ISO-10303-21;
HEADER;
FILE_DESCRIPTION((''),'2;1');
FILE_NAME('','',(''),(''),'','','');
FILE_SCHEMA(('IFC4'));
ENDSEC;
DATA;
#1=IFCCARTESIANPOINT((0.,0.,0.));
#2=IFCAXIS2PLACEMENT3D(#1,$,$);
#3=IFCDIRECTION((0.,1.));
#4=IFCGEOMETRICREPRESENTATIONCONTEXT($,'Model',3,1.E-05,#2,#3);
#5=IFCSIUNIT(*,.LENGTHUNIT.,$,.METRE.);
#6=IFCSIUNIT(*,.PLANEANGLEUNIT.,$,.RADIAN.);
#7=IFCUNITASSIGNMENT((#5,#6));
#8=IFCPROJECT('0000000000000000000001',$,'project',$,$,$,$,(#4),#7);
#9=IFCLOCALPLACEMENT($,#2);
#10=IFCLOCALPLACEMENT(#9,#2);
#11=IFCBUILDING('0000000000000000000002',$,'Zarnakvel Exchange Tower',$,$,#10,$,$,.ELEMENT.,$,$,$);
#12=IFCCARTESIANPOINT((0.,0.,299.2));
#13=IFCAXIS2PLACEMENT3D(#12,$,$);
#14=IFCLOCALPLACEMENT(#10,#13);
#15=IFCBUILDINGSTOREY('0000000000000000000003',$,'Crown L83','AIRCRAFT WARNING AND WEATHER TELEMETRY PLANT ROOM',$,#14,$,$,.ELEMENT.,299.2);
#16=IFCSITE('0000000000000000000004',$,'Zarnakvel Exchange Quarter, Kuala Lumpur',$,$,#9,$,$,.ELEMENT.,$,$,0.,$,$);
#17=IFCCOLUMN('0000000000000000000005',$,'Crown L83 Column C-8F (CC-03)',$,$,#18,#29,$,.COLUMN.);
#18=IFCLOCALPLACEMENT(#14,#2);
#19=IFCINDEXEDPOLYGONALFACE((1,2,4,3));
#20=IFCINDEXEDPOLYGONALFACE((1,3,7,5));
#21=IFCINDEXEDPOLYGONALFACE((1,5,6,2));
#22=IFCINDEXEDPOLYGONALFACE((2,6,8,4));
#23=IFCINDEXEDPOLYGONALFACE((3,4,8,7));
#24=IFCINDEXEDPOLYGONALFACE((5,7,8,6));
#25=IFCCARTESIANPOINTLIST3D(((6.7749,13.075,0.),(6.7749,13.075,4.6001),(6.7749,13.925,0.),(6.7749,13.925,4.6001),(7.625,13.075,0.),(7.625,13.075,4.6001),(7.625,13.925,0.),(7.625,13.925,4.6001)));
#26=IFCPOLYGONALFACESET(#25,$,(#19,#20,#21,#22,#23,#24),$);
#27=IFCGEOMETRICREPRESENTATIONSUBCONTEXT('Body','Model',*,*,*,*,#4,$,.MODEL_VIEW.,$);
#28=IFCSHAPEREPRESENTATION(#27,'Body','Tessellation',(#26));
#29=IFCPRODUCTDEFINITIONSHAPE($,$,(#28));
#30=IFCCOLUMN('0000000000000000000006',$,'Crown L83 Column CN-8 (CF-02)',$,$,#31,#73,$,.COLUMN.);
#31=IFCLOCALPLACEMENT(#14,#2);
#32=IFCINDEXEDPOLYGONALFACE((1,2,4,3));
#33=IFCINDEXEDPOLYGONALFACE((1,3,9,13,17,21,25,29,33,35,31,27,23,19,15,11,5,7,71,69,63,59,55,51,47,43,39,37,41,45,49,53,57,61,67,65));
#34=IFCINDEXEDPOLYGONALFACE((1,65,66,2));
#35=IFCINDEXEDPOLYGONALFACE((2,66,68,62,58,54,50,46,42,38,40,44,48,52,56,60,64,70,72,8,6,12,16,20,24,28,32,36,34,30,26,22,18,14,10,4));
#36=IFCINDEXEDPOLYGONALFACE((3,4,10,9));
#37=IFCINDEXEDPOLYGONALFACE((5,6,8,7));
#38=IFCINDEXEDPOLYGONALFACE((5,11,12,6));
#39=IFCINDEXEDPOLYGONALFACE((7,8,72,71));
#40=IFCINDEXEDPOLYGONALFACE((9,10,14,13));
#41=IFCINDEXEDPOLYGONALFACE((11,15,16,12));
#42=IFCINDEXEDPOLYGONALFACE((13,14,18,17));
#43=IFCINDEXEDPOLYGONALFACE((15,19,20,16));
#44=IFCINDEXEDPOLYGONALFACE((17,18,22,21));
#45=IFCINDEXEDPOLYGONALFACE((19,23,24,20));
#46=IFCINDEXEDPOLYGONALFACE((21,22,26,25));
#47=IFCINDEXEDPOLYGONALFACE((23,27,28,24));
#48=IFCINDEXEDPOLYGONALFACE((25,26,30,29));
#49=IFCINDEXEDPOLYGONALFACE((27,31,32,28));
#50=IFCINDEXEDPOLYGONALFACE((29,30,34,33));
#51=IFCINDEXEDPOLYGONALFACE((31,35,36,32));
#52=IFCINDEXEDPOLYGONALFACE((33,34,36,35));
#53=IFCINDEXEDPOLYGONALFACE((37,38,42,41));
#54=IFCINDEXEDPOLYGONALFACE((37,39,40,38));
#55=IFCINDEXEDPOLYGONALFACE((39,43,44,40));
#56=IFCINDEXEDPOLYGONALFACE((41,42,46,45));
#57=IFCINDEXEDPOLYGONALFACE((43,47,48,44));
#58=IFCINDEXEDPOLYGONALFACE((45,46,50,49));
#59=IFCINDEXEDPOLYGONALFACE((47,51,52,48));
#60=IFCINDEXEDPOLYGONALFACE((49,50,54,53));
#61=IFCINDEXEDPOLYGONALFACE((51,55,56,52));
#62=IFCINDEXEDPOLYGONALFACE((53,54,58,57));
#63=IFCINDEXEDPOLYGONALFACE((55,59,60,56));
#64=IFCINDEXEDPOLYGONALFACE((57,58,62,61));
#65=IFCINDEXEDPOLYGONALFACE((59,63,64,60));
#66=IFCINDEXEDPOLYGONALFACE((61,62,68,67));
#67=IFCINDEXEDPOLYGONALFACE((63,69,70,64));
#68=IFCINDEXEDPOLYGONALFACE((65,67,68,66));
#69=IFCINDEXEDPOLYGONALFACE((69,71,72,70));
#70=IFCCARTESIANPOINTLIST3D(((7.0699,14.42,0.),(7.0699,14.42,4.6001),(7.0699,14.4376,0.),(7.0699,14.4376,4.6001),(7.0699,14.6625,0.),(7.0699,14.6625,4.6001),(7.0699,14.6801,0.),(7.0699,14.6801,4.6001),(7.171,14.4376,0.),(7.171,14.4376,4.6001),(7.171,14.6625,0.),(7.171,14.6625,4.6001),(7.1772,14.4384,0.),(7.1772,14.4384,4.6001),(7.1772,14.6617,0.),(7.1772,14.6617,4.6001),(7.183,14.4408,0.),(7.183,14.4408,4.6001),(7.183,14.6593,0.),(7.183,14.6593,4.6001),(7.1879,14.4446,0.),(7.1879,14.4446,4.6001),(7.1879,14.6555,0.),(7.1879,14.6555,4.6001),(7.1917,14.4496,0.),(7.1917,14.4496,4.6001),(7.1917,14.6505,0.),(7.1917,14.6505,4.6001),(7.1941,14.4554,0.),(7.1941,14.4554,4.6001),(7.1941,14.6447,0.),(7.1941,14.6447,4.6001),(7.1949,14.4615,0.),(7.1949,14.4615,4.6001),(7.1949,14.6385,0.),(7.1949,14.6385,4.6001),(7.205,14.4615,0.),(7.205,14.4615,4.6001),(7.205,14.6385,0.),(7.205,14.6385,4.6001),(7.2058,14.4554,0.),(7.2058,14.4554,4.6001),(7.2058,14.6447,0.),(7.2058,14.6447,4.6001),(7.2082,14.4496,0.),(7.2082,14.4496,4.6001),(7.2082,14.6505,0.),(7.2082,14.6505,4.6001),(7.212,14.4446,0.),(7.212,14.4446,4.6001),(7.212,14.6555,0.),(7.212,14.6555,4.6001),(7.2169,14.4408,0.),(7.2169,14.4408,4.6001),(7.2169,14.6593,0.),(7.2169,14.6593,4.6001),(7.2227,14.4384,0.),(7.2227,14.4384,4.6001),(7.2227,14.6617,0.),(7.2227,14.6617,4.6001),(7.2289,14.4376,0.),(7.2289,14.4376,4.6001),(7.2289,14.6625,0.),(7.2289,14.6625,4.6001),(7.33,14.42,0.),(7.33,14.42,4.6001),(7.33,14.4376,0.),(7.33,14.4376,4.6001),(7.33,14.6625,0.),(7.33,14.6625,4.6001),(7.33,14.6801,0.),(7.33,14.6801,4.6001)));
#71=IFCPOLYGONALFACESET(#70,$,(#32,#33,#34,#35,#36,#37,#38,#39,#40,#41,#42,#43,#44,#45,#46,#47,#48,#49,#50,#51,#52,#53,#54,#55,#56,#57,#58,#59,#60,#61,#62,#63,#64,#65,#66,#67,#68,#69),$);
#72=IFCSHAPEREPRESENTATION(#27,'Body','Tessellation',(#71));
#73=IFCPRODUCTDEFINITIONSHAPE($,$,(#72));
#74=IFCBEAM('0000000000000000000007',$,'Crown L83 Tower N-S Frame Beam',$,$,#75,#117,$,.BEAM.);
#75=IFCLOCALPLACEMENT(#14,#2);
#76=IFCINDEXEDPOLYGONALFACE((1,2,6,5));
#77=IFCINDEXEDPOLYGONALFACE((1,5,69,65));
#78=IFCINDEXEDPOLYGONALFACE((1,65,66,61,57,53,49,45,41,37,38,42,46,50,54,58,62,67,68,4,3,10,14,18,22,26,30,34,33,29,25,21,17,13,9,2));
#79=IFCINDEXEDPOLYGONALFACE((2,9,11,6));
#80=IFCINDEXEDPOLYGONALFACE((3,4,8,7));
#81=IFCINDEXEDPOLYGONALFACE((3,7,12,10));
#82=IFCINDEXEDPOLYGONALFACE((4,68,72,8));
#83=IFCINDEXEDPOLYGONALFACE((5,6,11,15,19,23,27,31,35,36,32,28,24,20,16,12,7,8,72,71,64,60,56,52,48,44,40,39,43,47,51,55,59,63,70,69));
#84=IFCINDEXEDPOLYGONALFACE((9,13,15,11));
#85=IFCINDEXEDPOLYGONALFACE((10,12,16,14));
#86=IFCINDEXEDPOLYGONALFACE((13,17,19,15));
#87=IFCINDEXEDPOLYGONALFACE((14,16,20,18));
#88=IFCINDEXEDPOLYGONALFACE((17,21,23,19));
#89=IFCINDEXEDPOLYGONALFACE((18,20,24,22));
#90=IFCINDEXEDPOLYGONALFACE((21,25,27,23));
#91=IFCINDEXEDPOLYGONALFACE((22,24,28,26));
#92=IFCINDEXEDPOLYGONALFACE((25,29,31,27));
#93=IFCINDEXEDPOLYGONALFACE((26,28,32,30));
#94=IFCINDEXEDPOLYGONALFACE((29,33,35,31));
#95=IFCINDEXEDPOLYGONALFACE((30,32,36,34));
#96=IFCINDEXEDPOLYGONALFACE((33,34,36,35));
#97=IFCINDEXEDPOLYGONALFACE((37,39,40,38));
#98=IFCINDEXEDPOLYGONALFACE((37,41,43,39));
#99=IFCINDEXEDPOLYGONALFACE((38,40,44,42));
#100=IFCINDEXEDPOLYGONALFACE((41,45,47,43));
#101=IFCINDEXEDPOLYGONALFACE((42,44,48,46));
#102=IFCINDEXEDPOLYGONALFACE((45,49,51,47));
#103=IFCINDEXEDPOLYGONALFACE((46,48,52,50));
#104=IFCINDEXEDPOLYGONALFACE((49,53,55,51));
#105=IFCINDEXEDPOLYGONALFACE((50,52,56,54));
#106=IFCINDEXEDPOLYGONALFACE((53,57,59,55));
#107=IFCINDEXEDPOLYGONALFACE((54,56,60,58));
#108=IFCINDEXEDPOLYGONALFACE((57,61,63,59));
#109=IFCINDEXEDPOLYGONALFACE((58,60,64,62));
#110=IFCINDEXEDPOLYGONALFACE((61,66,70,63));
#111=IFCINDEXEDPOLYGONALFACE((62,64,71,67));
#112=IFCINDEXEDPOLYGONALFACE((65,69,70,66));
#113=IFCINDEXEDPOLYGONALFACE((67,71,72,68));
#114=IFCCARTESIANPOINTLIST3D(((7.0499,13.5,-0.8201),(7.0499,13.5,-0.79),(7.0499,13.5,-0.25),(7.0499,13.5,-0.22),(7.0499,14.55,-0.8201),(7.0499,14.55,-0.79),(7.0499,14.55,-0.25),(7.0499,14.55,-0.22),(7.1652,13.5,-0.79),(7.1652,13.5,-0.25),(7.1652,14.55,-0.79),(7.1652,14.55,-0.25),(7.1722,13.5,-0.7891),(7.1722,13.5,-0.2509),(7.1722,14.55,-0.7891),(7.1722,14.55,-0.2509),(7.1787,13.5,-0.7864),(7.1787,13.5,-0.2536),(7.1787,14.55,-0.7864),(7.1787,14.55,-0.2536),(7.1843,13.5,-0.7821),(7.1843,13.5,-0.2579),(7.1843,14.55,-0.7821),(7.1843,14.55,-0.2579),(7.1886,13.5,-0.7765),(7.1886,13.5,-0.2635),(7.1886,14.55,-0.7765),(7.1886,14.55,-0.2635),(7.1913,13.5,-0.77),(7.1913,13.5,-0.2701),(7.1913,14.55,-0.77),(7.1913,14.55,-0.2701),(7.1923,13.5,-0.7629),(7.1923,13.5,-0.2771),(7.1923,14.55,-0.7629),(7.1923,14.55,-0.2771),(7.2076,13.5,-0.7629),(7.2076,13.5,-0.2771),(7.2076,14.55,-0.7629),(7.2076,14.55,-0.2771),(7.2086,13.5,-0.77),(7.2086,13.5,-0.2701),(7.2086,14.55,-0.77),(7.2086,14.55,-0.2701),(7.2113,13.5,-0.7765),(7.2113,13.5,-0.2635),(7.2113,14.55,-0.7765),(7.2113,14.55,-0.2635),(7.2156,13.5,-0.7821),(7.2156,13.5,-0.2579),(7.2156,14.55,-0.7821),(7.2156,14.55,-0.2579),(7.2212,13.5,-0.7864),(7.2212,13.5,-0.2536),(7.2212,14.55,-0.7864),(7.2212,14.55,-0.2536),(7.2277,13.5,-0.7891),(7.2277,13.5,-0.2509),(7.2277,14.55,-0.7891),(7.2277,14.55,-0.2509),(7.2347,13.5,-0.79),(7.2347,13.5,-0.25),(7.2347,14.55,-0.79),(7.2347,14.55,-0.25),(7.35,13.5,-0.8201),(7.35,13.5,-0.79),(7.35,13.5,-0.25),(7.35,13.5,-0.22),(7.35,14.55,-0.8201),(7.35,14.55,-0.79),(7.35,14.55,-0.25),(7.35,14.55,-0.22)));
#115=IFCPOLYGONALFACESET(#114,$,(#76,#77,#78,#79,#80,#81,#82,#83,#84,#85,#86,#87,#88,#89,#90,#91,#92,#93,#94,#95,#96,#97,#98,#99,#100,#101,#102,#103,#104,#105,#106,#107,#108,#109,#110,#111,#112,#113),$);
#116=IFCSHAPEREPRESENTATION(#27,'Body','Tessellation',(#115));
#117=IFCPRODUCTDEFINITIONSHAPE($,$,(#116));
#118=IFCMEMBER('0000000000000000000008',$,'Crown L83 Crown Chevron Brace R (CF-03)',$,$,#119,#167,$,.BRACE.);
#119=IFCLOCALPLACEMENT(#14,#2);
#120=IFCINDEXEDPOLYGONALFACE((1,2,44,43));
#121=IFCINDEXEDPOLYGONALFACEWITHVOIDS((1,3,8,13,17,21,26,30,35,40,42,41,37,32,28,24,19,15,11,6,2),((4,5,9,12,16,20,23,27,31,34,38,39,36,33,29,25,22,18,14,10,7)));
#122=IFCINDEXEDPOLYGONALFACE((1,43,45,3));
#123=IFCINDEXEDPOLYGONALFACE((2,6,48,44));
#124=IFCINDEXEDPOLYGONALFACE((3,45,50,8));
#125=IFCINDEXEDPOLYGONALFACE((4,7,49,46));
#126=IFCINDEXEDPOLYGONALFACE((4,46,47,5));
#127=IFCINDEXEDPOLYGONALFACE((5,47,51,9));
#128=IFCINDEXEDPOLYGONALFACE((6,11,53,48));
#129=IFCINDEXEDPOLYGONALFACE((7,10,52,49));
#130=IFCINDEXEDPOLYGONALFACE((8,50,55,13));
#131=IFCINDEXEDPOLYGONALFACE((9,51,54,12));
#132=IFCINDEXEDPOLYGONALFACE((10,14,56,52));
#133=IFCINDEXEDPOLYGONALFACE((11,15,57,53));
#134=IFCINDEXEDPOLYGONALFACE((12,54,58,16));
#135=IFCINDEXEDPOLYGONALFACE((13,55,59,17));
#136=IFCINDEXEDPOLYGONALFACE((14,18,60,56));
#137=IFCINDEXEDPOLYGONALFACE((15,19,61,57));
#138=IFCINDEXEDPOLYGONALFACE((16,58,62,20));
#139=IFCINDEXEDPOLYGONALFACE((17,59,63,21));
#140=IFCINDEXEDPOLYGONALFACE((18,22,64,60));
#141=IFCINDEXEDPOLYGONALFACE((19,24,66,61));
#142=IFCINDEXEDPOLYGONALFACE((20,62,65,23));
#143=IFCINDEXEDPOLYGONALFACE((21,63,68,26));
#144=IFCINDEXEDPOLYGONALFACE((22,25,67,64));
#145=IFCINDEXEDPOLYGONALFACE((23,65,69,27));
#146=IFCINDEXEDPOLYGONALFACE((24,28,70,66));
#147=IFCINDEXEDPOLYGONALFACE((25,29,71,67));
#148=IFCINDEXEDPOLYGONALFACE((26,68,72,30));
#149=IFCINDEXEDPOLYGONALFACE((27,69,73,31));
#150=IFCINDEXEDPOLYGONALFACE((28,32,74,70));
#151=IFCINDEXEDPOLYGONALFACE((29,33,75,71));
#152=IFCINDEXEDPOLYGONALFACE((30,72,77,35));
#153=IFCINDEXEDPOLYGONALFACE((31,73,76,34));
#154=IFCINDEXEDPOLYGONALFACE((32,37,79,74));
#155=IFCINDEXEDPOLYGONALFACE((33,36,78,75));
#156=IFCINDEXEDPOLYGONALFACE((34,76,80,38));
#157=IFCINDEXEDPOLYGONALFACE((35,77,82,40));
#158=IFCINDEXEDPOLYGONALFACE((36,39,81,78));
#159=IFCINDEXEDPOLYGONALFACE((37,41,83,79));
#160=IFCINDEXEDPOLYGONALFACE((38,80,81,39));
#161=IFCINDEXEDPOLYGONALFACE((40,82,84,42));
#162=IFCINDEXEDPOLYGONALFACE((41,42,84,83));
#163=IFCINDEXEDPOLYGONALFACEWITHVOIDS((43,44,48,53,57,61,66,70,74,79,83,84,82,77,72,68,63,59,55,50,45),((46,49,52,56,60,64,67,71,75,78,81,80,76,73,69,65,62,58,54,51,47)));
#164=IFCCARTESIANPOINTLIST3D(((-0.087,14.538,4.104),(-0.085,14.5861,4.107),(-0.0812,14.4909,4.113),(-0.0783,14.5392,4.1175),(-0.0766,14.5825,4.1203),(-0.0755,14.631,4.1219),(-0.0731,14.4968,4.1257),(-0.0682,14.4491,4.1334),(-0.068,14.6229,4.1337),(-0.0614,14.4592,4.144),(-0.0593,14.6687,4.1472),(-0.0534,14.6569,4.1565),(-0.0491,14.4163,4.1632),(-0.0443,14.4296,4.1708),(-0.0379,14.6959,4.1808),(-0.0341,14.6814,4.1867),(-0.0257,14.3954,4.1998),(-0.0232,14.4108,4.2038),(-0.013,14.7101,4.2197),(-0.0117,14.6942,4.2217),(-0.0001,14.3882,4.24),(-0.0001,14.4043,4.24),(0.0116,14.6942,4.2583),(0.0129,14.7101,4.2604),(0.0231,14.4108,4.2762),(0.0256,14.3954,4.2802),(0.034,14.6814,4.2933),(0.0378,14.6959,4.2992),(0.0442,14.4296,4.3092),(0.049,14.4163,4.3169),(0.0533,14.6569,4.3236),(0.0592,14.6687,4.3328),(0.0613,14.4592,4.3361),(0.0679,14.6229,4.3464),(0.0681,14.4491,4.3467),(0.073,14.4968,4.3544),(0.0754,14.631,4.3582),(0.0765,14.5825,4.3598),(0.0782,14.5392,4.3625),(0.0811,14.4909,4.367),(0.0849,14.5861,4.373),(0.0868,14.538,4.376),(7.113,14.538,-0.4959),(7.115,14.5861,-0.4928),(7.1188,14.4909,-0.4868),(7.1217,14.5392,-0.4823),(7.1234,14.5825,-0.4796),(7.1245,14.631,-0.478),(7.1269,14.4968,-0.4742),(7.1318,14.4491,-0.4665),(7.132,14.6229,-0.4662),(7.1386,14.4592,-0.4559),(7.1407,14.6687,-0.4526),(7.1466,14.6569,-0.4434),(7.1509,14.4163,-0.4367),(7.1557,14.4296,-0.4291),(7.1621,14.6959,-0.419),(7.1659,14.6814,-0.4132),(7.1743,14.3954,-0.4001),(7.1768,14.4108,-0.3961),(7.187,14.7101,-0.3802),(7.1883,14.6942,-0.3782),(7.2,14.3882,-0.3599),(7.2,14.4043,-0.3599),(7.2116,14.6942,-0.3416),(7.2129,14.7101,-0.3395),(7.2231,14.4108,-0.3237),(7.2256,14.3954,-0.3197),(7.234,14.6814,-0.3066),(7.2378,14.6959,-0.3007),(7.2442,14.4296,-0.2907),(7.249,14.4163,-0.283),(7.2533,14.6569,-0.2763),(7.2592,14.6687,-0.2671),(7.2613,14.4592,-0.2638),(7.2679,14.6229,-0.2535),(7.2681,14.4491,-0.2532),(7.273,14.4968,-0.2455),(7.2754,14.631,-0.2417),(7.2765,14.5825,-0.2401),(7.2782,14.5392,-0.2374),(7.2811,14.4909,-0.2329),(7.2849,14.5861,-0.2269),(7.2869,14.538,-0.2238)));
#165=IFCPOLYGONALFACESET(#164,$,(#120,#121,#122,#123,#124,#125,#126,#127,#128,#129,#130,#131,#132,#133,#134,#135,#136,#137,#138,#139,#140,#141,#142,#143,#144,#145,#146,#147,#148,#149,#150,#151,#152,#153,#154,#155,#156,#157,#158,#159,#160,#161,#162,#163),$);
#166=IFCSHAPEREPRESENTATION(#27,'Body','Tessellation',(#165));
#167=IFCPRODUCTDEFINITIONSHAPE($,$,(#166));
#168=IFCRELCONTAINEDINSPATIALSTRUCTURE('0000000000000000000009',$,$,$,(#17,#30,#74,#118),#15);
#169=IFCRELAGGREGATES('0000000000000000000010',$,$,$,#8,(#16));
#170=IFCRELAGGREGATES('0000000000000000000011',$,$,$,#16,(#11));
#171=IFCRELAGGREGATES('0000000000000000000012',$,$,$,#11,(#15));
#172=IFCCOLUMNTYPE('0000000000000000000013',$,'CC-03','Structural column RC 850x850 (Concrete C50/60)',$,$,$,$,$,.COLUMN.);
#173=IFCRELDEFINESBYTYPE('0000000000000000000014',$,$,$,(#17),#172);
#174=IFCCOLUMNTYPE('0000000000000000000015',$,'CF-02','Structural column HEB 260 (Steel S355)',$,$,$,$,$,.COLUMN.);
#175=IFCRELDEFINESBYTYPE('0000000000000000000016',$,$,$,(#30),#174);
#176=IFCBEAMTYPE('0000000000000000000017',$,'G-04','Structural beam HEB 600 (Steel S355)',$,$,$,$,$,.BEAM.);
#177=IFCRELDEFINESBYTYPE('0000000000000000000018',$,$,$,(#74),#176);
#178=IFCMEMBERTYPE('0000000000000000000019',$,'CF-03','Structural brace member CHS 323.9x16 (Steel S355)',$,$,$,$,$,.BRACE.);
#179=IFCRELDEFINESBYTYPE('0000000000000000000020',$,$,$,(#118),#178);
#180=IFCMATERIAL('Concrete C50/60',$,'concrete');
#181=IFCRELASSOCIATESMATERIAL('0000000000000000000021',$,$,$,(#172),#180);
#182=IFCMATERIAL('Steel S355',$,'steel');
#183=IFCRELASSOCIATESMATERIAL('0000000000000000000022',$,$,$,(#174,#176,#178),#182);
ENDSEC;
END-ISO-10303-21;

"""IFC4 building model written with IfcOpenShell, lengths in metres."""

from ifc_helpers import new_model, si_unit, direction, frame, origin, origin_2d, place, context, subcontext, project, spatial, rectangle, hollow_circle, i_section, extrude, source, transform, mapped, material, material_profile, profile_set, type_object, element, save


model = new_model("IFC4")

# Units and contexts
model_context = context("Model", 3, precision=1e-05, world=origin(), true_north=direction((0.0, 1.0)))
body_context = subcontext(model_context, "Body", "Model", "MODEL_VIEW")
ifc_project = project(units=[si_unit("LENGTHUNIT", "METRE"), si_unit("PLANEANGLEUNIT", "RADIAN")], contexts=[model_context])

# Site, building, storey
site_placement = place(None, origin())
site = spatial("IfcSite", under=ifc_project, at=site_placement, Name="Zarnakvel Exchange Quarter, Kuala Lumpur", CompositionType="ELEMENT", RefElevation=0.0)
building_placement = place(site_placement, origin())
building = spatial("IfcBuilding", under=site, at=building_placement, Name="Zarnakvel Exchange Tower", CompositionType="ELEMENT")
storey_placement = place(building_placement, frame((0.0, 0.0, 299.2)))
storey = spatial("IfcBuildingStorey", under=building, at=storey_placement, Name="Crown L83", Description="AIRCRAFT WARNING AND WEATHER TELEMETRY PLANT ROOM", CompositionType="ELEMENT", Elevation=299.2)

# Columns
ifc_material_1 = material(Name="Concrete C50/60", Category="concrete")
ifc_material_profile_1 = material_profile(ifc_material_1, rectangle(XDim=0.8501, YDim=0.8501, at=origin_2d()))
ifc_profile_set_1 = profile_set([ifc_material_profile_1], Name="Concrete C50/60")
column_type_1 = type_object("IfcColumnType", Name="CC-03", Description="Structural column RC 850x850 (Concrete C50/60)", PredefinedType="COLUMN", material=ifc_profile_set_1)
column_1_placement = place(storey_placement, frame((7.2, 13.5, 0.0), z_axis=(0.0, 0.0, 1.0), x_axis=(1.0, 0.0, 0.0)))
element("IfcColumn", 1, at=column_1_placement, inside=storey, type_object=column_type_1, Name="Crown L83 Column C-8F (CC-03)", PredefinedType="COLUMN", context=body_context, shape_type="SweptSolid", body=[
    extrude(rectangle(XDim=0.8501, YDim=0.8501, at=origin_2d()), origin(), (0.0, 0.0, 1.0), 4.6001),
])
ifc_material_2 = material(Name="Steel S355", Category="steel")
ifc_material_profile_2 = material_profile(ifc_material_2, i_section(OverallWidth=0.26, OverallDepth=0.26, WebThickness=0.01, FlangeThickness=0.0176, FilletRadius=0.0239, at=origin_2d()))
ifc_profile_set_2 = profile_set([ifc_material_profile_2], Name="Steel S355")
column_type_2 = type_object("IfcColumnType", Name="CF-02", Description="Structural column HEB 260 (Steel S355)", PredefinedType="COLUMN", material=ifc_profile_set_2)
column_2_placement = place(storey_placement, frame((7.2, 14.55, 0.0), z_axis=(0.0, 0.0, 1.0), x_axis=(1.0, 0.0, 0.0)))
element("IfcColumn", 2, at=column_2_placement, inside=storey, type_object=column_type_2, Name="Crown L83 Column CN-8 (CF-02)", PredefinedType="COLUMN", context=body_context, shape_type="SweptSolid", body=[
    extrude(i_section(OverallWidth=0.26, OverallDepth=0.26, WebThickness=0.01, FlangeThickness=0.0176, FilletRadius=0.0239, at=origin_2d()), origin(), (0.0, 0.0, 1.0), 4.6001),
])

# Beam
ifc_material_profile_3 = material_profile(ifc_material_2, i_section(OverallWidth=0.3, OverallDepth=0.6001, WebThickness=0.0154, FlangeThickness=0.03, FilletRadius=0.0271, at=origin_2d()))
ifc_profile_set_3 = profile_set([ifc_material_profile_3], Name="Steel S355")
beam_type = type_object("IfcBeamType", Name="G-04", Description="Structural beam HEB 600 (Steel S355)", PredefinedType="BEAM", material=ifc_profile_set_3)
beam_placement = place(storey_placement, frame((7.2, 13.5, -0.52), z_axis=(0.0, 1.0, 0.0), x_axis=(-1.0, 0.0, 0.0)))
element("IfcBeam", 3, at=beam_placement, inside=storey, type_object=beam_type, Name="Crown L83 Tower N-S Frame Beam", PredefinedType="BEAM", context=body_context, shape_type="SweptSolid", body=[
    extrude(i_section(OverallWidth=0.3, OverallDepth=0.6001, WebThickness=0.0154, FlangeThickness=0.03, FilletRadius=0.0271, at=origin_2d()), origin(), (0.0, 0.0, 1.0), 1.05),
])

# Member
ifc_material_profile_4 = material_profile(ifc_material_2, hollow_circle(Radius=0.1619, WallThickness=0.0161, at=origin_2d()))
ifc_profile_set_4 = profile_set([ifc_material_profile_4], Name="Steel S355")
member_type_1 = type_object("IfcMemberType", Name="CF-03", Description="Structural brace member CHS 323.9x16 (Steel S355)", PredefinedType="BRACE", material=ifc_profile_set_4)
shared_shape_1 = source(origin(), body_context, "Body", "SweptSolid", [
    extrude(hollow_circle(Radius=0.1619, WallThickness=0.0161, at=origin_2d()), origin(), (0.0, 0.0, 1.0), 8.5439),
])
member_1_placement = place(storey_placement, frame((7.2, 14.55, -0.3599), z_axis=(-0.842702, 0.0, 0.53838), x_axis=(0.0, -1.0, 0.0)))
element("IfcMember", 4, at=member_1_placement, inside=storey, type_object=member_type_1, Name="Crown L83 Crown Chevron Brace R (CF-03)", PredefinedType="BRACE", context=body_context, shape_type="MappedRepresentation", body=[
    mapped(shared_shape_1, transform((0.0, 0.0, 0.0), x_axis=(1.0, 0.0, 0.0), y_axis=(0.0, 1.0, 0.0), z_axis=(0.0, 0.0, 1.0), scale=1.0)),
])

save(model, "model.ifc")
